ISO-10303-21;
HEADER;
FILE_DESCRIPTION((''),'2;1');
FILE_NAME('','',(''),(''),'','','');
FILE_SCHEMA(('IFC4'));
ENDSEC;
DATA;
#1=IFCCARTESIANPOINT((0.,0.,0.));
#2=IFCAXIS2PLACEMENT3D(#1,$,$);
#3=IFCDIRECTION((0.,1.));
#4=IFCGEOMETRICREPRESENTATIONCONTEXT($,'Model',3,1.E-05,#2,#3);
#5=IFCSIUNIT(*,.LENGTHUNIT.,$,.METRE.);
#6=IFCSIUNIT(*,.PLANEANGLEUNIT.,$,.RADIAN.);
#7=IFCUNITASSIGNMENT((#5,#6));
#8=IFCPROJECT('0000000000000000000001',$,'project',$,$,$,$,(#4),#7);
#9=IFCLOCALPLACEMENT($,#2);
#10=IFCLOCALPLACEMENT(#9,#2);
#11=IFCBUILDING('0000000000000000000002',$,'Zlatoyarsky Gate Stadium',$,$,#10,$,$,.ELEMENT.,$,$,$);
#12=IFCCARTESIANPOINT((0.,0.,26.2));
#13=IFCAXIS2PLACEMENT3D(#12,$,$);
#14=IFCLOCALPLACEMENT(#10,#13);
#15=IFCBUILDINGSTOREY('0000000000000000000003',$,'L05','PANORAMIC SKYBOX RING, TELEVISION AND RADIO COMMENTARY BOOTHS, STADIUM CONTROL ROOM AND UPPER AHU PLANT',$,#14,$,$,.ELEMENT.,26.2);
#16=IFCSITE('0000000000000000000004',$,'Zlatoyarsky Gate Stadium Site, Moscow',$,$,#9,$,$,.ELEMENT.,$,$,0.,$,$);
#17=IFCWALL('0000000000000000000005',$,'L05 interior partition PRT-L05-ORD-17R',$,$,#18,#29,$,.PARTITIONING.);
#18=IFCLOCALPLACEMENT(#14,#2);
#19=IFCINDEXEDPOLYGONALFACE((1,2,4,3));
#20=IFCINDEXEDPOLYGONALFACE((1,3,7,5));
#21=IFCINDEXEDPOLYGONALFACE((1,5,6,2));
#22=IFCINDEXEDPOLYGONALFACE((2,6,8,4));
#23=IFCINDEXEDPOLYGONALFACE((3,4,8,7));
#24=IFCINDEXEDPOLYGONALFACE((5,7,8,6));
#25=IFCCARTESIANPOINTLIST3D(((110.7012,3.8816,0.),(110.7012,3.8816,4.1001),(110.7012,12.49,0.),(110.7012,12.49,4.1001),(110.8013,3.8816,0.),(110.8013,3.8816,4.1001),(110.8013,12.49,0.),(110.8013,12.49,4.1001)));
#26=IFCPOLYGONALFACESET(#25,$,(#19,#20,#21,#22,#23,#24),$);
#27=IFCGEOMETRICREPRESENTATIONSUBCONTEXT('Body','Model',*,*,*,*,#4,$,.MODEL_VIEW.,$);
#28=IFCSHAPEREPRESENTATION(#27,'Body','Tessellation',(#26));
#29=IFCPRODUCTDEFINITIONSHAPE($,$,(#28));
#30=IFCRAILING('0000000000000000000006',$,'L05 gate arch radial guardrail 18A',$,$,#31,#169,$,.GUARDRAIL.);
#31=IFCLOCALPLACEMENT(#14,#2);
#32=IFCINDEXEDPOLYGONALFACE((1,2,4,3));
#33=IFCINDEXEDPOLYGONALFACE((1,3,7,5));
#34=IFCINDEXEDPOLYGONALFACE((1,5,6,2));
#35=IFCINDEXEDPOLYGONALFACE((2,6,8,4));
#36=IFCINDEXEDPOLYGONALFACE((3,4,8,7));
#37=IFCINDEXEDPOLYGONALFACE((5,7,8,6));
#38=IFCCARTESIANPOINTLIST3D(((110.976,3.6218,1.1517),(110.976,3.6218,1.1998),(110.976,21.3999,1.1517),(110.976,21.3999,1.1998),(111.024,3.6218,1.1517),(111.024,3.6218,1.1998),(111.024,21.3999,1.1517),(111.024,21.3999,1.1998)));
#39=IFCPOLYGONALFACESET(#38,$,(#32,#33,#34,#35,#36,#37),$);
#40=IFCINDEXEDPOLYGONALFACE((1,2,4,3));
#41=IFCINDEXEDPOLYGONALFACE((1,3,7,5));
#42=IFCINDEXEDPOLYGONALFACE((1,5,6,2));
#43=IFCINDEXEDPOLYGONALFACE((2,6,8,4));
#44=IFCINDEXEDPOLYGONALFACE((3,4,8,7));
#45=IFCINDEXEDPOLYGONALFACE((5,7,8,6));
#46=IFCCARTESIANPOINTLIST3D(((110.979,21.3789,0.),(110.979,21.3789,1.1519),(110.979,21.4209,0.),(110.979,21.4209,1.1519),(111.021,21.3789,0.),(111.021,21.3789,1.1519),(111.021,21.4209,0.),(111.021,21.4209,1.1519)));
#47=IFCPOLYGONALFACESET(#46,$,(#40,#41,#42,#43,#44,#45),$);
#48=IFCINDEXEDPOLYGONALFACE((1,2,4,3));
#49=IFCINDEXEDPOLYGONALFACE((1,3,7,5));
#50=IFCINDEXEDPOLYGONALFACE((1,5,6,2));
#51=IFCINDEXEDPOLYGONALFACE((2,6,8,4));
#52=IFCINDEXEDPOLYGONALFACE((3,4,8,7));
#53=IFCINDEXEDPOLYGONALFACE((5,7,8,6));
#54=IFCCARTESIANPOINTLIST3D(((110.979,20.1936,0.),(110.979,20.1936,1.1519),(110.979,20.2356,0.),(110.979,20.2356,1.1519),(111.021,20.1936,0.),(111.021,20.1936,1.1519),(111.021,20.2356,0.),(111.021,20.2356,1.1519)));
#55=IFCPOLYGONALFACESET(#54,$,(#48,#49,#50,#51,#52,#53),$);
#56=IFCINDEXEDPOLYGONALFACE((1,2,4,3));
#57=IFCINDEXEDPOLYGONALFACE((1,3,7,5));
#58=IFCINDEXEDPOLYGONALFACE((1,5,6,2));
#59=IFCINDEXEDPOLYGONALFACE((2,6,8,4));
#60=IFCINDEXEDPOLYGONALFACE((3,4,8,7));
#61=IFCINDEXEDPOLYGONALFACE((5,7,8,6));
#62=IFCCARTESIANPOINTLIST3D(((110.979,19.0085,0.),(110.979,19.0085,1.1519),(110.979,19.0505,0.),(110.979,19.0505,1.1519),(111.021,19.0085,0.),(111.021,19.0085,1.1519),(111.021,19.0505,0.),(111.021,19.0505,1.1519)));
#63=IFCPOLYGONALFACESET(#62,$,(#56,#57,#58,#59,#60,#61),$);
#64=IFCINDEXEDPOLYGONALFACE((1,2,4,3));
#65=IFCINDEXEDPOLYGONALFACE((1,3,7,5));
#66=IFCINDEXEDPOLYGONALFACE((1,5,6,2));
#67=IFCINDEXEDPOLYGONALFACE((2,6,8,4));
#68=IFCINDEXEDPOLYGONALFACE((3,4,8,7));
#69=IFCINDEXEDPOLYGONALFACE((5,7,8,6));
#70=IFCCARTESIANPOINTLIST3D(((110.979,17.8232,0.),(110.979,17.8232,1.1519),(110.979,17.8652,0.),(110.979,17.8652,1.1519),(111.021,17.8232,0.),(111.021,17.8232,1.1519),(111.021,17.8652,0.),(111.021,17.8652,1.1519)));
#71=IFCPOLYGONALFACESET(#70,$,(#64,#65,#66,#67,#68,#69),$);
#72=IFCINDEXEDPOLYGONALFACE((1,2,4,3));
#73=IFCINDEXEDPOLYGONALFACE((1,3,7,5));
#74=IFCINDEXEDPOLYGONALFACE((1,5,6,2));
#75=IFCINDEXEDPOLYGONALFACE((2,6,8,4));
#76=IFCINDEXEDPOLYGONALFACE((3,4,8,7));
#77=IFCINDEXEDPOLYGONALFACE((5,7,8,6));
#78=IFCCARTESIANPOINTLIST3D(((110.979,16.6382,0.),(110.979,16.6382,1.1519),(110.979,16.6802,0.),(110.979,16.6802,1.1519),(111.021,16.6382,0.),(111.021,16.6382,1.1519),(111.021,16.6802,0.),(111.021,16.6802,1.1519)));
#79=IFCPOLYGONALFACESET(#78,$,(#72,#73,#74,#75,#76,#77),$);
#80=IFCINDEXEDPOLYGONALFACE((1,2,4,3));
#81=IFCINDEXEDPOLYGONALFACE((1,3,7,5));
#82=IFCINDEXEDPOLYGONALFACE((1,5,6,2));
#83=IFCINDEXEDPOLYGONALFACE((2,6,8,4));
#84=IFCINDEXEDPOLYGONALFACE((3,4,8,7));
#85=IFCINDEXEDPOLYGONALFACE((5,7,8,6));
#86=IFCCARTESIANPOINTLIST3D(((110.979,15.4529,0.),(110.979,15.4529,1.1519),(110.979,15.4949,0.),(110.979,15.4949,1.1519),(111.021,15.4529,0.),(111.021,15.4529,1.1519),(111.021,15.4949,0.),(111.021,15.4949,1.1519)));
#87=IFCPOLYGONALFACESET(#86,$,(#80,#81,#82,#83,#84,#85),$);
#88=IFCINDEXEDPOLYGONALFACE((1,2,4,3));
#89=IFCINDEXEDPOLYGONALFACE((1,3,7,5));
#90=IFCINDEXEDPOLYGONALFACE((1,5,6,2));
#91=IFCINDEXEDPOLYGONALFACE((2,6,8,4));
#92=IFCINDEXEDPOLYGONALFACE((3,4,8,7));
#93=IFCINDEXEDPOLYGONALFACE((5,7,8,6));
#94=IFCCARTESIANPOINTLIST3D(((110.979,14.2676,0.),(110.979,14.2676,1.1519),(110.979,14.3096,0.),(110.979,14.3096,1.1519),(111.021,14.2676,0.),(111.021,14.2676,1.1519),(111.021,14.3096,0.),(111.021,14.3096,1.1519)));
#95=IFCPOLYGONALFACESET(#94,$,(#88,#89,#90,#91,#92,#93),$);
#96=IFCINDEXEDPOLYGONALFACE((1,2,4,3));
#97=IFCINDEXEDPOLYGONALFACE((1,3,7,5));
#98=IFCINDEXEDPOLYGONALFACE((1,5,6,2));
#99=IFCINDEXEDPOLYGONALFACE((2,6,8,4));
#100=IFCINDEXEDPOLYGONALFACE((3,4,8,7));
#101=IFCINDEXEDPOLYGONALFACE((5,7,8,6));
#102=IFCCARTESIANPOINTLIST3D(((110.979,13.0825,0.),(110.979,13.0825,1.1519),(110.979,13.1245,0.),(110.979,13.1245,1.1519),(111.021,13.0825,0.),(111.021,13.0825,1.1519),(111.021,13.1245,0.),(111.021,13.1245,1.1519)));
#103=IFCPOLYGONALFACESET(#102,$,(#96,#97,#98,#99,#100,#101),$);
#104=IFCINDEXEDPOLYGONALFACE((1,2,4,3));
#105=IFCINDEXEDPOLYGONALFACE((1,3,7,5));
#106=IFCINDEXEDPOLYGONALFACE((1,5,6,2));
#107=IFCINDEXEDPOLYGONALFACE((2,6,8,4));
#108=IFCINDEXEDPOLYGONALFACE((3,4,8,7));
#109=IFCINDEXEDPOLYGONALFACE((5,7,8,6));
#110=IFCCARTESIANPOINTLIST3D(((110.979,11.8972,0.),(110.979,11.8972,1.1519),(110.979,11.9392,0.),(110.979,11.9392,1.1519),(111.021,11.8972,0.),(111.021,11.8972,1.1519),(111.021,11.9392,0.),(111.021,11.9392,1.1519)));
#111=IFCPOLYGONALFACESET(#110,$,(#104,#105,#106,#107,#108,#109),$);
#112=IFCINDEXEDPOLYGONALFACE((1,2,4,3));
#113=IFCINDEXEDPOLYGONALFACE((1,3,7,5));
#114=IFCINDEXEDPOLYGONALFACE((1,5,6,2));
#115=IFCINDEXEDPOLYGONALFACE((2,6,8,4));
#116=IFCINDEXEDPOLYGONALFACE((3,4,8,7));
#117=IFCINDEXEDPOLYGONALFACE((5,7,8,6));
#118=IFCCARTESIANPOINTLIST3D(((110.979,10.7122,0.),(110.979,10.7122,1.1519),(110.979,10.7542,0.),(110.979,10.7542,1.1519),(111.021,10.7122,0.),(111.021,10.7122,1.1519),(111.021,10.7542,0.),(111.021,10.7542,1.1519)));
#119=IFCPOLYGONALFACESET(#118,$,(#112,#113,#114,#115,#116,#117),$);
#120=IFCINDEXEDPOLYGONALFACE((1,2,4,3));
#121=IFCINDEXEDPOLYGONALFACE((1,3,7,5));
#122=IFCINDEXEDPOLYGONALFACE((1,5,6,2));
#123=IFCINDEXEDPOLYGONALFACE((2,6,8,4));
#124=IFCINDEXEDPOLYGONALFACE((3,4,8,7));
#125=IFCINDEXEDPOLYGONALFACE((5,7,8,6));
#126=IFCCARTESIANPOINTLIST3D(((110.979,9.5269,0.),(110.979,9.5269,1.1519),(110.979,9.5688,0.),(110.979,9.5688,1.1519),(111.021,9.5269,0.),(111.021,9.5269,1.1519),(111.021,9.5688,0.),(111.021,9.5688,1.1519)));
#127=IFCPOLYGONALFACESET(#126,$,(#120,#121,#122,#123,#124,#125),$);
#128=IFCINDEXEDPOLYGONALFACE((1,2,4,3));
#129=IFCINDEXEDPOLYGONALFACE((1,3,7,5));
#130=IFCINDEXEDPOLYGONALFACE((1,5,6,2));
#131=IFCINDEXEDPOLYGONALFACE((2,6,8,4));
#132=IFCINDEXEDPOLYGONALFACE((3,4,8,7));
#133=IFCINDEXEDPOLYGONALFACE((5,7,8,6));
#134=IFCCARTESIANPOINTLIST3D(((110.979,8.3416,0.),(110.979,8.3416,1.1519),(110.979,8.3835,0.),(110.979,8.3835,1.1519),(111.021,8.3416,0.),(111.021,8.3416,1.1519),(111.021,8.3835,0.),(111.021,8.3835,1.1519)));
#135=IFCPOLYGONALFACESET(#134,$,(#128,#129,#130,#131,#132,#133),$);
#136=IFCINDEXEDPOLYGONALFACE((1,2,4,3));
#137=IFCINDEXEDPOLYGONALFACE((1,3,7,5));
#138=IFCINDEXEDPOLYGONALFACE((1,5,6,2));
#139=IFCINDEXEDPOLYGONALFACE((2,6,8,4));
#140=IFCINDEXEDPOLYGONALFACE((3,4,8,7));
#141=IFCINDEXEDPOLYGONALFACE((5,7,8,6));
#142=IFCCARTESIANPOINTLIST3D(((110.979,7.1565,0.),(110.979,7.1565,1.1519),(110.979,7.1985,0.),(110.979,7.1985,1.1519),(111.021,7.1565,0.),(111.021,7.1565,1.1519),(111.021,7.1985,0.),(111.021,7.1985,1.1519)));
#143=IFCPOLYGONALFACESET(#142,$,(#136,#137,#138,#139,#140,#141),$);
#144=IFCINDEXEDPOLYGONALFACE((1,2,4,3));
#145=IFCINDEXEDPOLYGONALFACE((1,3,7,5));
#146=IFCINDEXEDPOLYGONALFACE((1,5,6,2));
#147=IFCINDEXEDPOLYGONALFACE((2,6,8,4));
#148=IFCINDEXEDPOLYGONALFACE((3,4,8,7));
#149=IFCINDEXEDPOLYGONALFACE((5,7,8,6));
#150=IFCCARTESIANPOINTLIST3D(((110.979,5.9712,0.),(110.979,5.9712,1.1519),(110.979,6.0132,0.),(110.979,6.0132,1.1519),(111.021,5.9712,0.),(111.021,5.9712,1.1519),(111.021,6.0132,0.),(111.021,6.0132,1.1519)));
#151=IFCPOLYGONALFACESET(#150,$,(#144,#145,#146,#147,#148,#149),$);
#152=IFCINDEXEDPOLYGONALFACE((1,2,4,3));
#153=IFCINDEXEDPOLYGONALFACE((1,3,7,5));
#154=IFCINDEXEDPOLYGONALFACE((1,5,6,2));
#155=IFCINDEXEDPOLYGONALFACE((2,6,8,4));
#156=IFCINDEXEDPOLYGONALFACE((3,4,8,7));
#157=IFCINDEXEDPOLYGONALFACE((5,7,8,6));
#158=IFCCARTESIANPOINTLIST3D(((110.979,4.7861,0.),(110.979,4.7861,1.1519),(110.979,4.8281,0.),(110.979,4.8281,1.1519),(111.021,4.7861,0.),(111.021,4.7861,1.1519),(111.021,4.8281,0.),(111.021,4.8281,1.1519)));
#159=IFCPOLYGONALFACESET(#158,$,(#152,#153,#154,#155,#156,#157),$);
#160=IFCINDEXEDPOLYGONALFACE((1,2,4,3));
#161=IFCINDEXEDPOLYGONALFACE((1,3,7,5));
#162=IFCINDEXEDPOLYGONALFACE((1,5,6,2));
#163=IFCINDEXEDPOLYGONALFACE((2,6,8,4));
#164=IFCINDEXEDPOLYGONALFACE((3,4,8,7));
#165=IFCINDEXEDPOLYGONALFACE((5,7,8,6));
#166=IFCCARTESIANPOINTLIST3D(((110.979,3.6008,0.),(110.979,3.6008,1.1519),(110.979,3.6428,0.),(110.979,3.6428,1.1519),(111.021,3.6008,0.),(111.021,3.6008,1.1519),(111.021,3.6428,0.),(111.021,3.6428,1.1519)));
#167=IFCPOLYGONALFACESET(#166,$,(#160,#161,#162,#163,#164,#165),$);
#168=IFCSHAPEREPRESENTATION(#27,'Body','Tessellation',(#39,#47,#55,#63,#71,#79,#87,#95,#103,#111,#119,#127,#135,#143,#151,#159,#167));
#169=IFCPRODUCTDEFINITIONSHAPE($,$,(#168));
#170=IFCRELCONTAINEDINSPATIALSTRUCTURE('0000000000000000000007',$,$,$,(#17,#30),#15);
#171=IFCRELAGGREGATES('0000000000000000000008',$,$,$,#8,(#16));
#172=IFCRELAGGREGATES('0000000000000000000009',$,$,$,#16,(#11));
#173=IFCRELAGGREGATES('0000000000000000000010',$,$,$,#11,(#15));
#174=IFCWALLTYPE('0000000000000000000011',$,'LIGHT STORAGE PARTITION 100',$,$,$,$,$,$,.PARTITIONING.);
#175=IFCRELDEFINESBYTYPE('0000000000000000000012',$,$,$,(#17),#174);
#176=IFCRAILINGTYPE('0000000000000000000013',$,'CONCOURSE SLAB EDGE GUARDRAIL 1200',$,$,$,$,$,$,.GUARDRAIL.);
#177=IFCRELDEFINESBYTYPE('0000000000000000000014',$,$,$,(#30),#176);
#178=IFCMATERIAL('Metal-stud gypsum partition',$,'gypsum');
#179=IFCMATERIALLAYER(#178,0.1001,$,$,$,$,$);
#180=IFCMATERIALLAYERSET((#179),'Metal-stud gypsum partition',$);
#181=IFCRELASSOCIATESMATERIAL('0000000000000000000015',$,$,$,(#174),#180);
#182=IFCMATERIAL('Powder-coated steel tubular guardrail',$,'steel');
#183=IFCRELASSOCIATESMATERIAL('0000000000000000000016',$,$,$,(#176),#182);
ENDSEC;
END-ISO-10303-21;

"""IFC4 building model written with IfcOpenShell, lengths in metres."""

from ifc_helpers import new_model, si_unit, direction, frame, frame_2d, origin, origin_2d, place, context, subcontext, project, spatial, rectangle, extrude, material, layer, layer_set, type_object, element, save


model = new_model("IFC4")

# Units and contexts
model_context = context("Model", 3, precision=1e-05, world=origin(), true_north=direction((0.0, 1.0)))
body_context = subcontext(model_context, "Body", "Model", "MODEL_VIEW")
ifc_project = project(units=[si_unit("LENGTHUNIT", "METRE"), si_unit("PLANEANGLEUNIT", "RADIAN")], contexts=[model_context])

# Site, building, storey
site_placement = place(None, origin())
site = spatial("IfcSite", under=ifc_project, at=site_placement, Name="Zlatoyarsky Gate Stadium Site, Moscow", CompositionType="ELEMENT", RefElevation=0.0)
building_placement = place(site_placement, origin())
building = spatial("IfcBuilding", under=site, at=building_placement, Name="Zlatoyarsky Gate Stadium", CompositionType="ELEMENT")
storey_placement = place(building_placement, frame((0.0, 0.0, 26.2)))
storey = spatial("IfcBuildingStorey", under=building, at=storey_placement, Name="L05", Description="PANORAMIC SKYBOX RING, TELEVISION AND RADIO COMMENTARY BOOTHS, STADIUM CONTROL ROOM AND UPPER AHU PLANT", CompositionType="ELEMENT", Elevation=26.2)

# Wall
ifc_material_1 = material(Name="Metal-stud gypsum partition", Category="gypsum")
ifc_layer_1 = layer(ifc_material_1, 0.1001)
ifc_layer_set_1 = layer_set([ifc_layer_1], Name="Metal-stud gypsum partition")
wall_type_1 = type_object("IfcWallType", Name="LIGHT STORAGE PARTITION 100", PredefinedType="PARTITIONING", material=ifc_layer_set_1)
wall_1_placement = place(storey_placement, frame((110.7512, 12.49, 0.0), z_axis=(0.0, 0.0, 1.0), x_axis=(0.0, -1.0, 0.0)))
element("IfcWall", 1, at=wall_1_placement, inside=storey, type_object=wall_type_1, Name="L05 interior partition PRT-L05-ORD-17R", PredefinedType="PARTITIONING", context=body_context, shape_type="SweptSolid", body=[
    extrude(rectangle(XDim=8.6084, YDim=0.1001, at=frame_2d((4.3042, 0.0))), origin(), (0.0, 0.0, 1.0), 4.1001),
])

# Railing
ifc_material_2 = material(Name="Powder-coated steel tubular guardrail", Category="steel")
railing_type = type_object("IfcRailingType", Name="CONCOURSE SLAB EDGE GUARDRAIL 1200", PredefinedType="GUARDRAIL", material=ifc_material_2)
railing_placement = place(storey_placement, frame((111.0, 21.3999, 0.0)))
element("IfcRailing", 2, at=railing_placement, inside=storey, type_object=railing_type, Name="L05 gate arch radial guardrail 18A", PredefinedType="GUARDRAIL", context=body_context, shape_type="SweptSolid", body=[
    extrude(rectangle(XDim=0.0481, YDim=0.0481, at=origin_2d()), frame((0.0, 0.0, 1.1758), z_axis=(0.0, -1.0, 0.0), x_axis=(1.0, 0.0, 0.0)), (0.0, 0.0, 1.0), 17.7781),
    extrude(rectangle(XDim=0.042, YDim=0.042, at=origin_2d()), origin(), (0.0, 0.0, 1.0), 1.1519),
    extrude(rectangle(XDim=0.042, YDim=0.042, at=origin_2d()), frame((0.0, -1.1853, 0.0)), (0.0, 0.0, 1.0), 1.1519),
    extrude(rectangle(XDim=0.042, YDim=0.042, at=origin_2d()), frame((0.0, -2.3704, 0.0)), (0.0, 0.0, 1.0), 1.1519),
    extrude(rectangle(XDim=0.042, YDim=0.042, at=origin_2d()), frame((0.0, -3.5557, 0.0)), (0.0, 0.0, 1.0), 1.1519),
    extrude(rectangle(XDim=0.042, YDim=0.042, at=origin_2d()), frame((0.0, -4.7407, 0.0)), (0.0, 0.0, 1.0), 1.1519),
    extrude(rectangle(XDim=0.042, YDim=0.042, at=origin_2d()), frame((0.0, -5.926, 0.0)), (0.0, 0.0, 1.0), 1.1519),
    extrude(rectangle(XDim=0.042, YDim=0.042, at=origin_2d()), frame((0.0, -7.1113, 0.0)), (0.0, 0.0, 1.0), 1.1519),
    extrude(rectangle(XDim=0.042, YDim=0.042, at=origin_2d()), frame((0.0, -8.2964, 0.0)), (0.0, 0.0, 1.0), 1.1519),
    extrude(rectangle(XDim=0.042, YDim=0.042, at=origin_2d()), frame((0.0, -9.4817, 0.0)), (0.0, 0.0, 1.0), 1.1519),
    extrude(rectangle(XDim=0.042, YDim=0.042, at=origin_2d()), frame((0.0, -10.6667, 0.0)), (0.0, 0.0, 1.0), 1.1519),
    extrude(rectangle(XDim=0.042, YDim=0.042, at=origin_2d()), frame((0.0, -11.8521, 0.0)), (0.0, 0.0, 1.0), 1.1519),
    extrude(rectangle(XDim=0.042, YDim=0.042, at=origin_2d()), frame((0.0, -13.0374, 0.0)), (0.0, 0.0, 1.0), 1.1519),
    extrude(rectangle(XDim=0.042, YDim=0.042, at=origin_2d()), frame((0.0, -14.2224, 0.0)), (0.0, 0.0, 1.0), 1.1519),
    extrude(rectangle(XDim=0.042, YDim=0.042, at=origin_2d()), frame((0.0, -15.4077, 0.0)), (0.0, 0.0, 1.0), 1.1519),
    extrude(rectangle(XDim=0.042, YDim=0.042, at=origin_2d()), frame((0.0, -16.5928, 0.0)), (0.0, 0.0, 1.0), 1.1519),
    extrude(rectangle(XDim=0.042, YDim=0.042, at=origin_2d()), frame((0.0, -17.7781, 0.0)), (0.0, 0.0, 1.0), 1.1519),
])

save(model, "model.ifc")
